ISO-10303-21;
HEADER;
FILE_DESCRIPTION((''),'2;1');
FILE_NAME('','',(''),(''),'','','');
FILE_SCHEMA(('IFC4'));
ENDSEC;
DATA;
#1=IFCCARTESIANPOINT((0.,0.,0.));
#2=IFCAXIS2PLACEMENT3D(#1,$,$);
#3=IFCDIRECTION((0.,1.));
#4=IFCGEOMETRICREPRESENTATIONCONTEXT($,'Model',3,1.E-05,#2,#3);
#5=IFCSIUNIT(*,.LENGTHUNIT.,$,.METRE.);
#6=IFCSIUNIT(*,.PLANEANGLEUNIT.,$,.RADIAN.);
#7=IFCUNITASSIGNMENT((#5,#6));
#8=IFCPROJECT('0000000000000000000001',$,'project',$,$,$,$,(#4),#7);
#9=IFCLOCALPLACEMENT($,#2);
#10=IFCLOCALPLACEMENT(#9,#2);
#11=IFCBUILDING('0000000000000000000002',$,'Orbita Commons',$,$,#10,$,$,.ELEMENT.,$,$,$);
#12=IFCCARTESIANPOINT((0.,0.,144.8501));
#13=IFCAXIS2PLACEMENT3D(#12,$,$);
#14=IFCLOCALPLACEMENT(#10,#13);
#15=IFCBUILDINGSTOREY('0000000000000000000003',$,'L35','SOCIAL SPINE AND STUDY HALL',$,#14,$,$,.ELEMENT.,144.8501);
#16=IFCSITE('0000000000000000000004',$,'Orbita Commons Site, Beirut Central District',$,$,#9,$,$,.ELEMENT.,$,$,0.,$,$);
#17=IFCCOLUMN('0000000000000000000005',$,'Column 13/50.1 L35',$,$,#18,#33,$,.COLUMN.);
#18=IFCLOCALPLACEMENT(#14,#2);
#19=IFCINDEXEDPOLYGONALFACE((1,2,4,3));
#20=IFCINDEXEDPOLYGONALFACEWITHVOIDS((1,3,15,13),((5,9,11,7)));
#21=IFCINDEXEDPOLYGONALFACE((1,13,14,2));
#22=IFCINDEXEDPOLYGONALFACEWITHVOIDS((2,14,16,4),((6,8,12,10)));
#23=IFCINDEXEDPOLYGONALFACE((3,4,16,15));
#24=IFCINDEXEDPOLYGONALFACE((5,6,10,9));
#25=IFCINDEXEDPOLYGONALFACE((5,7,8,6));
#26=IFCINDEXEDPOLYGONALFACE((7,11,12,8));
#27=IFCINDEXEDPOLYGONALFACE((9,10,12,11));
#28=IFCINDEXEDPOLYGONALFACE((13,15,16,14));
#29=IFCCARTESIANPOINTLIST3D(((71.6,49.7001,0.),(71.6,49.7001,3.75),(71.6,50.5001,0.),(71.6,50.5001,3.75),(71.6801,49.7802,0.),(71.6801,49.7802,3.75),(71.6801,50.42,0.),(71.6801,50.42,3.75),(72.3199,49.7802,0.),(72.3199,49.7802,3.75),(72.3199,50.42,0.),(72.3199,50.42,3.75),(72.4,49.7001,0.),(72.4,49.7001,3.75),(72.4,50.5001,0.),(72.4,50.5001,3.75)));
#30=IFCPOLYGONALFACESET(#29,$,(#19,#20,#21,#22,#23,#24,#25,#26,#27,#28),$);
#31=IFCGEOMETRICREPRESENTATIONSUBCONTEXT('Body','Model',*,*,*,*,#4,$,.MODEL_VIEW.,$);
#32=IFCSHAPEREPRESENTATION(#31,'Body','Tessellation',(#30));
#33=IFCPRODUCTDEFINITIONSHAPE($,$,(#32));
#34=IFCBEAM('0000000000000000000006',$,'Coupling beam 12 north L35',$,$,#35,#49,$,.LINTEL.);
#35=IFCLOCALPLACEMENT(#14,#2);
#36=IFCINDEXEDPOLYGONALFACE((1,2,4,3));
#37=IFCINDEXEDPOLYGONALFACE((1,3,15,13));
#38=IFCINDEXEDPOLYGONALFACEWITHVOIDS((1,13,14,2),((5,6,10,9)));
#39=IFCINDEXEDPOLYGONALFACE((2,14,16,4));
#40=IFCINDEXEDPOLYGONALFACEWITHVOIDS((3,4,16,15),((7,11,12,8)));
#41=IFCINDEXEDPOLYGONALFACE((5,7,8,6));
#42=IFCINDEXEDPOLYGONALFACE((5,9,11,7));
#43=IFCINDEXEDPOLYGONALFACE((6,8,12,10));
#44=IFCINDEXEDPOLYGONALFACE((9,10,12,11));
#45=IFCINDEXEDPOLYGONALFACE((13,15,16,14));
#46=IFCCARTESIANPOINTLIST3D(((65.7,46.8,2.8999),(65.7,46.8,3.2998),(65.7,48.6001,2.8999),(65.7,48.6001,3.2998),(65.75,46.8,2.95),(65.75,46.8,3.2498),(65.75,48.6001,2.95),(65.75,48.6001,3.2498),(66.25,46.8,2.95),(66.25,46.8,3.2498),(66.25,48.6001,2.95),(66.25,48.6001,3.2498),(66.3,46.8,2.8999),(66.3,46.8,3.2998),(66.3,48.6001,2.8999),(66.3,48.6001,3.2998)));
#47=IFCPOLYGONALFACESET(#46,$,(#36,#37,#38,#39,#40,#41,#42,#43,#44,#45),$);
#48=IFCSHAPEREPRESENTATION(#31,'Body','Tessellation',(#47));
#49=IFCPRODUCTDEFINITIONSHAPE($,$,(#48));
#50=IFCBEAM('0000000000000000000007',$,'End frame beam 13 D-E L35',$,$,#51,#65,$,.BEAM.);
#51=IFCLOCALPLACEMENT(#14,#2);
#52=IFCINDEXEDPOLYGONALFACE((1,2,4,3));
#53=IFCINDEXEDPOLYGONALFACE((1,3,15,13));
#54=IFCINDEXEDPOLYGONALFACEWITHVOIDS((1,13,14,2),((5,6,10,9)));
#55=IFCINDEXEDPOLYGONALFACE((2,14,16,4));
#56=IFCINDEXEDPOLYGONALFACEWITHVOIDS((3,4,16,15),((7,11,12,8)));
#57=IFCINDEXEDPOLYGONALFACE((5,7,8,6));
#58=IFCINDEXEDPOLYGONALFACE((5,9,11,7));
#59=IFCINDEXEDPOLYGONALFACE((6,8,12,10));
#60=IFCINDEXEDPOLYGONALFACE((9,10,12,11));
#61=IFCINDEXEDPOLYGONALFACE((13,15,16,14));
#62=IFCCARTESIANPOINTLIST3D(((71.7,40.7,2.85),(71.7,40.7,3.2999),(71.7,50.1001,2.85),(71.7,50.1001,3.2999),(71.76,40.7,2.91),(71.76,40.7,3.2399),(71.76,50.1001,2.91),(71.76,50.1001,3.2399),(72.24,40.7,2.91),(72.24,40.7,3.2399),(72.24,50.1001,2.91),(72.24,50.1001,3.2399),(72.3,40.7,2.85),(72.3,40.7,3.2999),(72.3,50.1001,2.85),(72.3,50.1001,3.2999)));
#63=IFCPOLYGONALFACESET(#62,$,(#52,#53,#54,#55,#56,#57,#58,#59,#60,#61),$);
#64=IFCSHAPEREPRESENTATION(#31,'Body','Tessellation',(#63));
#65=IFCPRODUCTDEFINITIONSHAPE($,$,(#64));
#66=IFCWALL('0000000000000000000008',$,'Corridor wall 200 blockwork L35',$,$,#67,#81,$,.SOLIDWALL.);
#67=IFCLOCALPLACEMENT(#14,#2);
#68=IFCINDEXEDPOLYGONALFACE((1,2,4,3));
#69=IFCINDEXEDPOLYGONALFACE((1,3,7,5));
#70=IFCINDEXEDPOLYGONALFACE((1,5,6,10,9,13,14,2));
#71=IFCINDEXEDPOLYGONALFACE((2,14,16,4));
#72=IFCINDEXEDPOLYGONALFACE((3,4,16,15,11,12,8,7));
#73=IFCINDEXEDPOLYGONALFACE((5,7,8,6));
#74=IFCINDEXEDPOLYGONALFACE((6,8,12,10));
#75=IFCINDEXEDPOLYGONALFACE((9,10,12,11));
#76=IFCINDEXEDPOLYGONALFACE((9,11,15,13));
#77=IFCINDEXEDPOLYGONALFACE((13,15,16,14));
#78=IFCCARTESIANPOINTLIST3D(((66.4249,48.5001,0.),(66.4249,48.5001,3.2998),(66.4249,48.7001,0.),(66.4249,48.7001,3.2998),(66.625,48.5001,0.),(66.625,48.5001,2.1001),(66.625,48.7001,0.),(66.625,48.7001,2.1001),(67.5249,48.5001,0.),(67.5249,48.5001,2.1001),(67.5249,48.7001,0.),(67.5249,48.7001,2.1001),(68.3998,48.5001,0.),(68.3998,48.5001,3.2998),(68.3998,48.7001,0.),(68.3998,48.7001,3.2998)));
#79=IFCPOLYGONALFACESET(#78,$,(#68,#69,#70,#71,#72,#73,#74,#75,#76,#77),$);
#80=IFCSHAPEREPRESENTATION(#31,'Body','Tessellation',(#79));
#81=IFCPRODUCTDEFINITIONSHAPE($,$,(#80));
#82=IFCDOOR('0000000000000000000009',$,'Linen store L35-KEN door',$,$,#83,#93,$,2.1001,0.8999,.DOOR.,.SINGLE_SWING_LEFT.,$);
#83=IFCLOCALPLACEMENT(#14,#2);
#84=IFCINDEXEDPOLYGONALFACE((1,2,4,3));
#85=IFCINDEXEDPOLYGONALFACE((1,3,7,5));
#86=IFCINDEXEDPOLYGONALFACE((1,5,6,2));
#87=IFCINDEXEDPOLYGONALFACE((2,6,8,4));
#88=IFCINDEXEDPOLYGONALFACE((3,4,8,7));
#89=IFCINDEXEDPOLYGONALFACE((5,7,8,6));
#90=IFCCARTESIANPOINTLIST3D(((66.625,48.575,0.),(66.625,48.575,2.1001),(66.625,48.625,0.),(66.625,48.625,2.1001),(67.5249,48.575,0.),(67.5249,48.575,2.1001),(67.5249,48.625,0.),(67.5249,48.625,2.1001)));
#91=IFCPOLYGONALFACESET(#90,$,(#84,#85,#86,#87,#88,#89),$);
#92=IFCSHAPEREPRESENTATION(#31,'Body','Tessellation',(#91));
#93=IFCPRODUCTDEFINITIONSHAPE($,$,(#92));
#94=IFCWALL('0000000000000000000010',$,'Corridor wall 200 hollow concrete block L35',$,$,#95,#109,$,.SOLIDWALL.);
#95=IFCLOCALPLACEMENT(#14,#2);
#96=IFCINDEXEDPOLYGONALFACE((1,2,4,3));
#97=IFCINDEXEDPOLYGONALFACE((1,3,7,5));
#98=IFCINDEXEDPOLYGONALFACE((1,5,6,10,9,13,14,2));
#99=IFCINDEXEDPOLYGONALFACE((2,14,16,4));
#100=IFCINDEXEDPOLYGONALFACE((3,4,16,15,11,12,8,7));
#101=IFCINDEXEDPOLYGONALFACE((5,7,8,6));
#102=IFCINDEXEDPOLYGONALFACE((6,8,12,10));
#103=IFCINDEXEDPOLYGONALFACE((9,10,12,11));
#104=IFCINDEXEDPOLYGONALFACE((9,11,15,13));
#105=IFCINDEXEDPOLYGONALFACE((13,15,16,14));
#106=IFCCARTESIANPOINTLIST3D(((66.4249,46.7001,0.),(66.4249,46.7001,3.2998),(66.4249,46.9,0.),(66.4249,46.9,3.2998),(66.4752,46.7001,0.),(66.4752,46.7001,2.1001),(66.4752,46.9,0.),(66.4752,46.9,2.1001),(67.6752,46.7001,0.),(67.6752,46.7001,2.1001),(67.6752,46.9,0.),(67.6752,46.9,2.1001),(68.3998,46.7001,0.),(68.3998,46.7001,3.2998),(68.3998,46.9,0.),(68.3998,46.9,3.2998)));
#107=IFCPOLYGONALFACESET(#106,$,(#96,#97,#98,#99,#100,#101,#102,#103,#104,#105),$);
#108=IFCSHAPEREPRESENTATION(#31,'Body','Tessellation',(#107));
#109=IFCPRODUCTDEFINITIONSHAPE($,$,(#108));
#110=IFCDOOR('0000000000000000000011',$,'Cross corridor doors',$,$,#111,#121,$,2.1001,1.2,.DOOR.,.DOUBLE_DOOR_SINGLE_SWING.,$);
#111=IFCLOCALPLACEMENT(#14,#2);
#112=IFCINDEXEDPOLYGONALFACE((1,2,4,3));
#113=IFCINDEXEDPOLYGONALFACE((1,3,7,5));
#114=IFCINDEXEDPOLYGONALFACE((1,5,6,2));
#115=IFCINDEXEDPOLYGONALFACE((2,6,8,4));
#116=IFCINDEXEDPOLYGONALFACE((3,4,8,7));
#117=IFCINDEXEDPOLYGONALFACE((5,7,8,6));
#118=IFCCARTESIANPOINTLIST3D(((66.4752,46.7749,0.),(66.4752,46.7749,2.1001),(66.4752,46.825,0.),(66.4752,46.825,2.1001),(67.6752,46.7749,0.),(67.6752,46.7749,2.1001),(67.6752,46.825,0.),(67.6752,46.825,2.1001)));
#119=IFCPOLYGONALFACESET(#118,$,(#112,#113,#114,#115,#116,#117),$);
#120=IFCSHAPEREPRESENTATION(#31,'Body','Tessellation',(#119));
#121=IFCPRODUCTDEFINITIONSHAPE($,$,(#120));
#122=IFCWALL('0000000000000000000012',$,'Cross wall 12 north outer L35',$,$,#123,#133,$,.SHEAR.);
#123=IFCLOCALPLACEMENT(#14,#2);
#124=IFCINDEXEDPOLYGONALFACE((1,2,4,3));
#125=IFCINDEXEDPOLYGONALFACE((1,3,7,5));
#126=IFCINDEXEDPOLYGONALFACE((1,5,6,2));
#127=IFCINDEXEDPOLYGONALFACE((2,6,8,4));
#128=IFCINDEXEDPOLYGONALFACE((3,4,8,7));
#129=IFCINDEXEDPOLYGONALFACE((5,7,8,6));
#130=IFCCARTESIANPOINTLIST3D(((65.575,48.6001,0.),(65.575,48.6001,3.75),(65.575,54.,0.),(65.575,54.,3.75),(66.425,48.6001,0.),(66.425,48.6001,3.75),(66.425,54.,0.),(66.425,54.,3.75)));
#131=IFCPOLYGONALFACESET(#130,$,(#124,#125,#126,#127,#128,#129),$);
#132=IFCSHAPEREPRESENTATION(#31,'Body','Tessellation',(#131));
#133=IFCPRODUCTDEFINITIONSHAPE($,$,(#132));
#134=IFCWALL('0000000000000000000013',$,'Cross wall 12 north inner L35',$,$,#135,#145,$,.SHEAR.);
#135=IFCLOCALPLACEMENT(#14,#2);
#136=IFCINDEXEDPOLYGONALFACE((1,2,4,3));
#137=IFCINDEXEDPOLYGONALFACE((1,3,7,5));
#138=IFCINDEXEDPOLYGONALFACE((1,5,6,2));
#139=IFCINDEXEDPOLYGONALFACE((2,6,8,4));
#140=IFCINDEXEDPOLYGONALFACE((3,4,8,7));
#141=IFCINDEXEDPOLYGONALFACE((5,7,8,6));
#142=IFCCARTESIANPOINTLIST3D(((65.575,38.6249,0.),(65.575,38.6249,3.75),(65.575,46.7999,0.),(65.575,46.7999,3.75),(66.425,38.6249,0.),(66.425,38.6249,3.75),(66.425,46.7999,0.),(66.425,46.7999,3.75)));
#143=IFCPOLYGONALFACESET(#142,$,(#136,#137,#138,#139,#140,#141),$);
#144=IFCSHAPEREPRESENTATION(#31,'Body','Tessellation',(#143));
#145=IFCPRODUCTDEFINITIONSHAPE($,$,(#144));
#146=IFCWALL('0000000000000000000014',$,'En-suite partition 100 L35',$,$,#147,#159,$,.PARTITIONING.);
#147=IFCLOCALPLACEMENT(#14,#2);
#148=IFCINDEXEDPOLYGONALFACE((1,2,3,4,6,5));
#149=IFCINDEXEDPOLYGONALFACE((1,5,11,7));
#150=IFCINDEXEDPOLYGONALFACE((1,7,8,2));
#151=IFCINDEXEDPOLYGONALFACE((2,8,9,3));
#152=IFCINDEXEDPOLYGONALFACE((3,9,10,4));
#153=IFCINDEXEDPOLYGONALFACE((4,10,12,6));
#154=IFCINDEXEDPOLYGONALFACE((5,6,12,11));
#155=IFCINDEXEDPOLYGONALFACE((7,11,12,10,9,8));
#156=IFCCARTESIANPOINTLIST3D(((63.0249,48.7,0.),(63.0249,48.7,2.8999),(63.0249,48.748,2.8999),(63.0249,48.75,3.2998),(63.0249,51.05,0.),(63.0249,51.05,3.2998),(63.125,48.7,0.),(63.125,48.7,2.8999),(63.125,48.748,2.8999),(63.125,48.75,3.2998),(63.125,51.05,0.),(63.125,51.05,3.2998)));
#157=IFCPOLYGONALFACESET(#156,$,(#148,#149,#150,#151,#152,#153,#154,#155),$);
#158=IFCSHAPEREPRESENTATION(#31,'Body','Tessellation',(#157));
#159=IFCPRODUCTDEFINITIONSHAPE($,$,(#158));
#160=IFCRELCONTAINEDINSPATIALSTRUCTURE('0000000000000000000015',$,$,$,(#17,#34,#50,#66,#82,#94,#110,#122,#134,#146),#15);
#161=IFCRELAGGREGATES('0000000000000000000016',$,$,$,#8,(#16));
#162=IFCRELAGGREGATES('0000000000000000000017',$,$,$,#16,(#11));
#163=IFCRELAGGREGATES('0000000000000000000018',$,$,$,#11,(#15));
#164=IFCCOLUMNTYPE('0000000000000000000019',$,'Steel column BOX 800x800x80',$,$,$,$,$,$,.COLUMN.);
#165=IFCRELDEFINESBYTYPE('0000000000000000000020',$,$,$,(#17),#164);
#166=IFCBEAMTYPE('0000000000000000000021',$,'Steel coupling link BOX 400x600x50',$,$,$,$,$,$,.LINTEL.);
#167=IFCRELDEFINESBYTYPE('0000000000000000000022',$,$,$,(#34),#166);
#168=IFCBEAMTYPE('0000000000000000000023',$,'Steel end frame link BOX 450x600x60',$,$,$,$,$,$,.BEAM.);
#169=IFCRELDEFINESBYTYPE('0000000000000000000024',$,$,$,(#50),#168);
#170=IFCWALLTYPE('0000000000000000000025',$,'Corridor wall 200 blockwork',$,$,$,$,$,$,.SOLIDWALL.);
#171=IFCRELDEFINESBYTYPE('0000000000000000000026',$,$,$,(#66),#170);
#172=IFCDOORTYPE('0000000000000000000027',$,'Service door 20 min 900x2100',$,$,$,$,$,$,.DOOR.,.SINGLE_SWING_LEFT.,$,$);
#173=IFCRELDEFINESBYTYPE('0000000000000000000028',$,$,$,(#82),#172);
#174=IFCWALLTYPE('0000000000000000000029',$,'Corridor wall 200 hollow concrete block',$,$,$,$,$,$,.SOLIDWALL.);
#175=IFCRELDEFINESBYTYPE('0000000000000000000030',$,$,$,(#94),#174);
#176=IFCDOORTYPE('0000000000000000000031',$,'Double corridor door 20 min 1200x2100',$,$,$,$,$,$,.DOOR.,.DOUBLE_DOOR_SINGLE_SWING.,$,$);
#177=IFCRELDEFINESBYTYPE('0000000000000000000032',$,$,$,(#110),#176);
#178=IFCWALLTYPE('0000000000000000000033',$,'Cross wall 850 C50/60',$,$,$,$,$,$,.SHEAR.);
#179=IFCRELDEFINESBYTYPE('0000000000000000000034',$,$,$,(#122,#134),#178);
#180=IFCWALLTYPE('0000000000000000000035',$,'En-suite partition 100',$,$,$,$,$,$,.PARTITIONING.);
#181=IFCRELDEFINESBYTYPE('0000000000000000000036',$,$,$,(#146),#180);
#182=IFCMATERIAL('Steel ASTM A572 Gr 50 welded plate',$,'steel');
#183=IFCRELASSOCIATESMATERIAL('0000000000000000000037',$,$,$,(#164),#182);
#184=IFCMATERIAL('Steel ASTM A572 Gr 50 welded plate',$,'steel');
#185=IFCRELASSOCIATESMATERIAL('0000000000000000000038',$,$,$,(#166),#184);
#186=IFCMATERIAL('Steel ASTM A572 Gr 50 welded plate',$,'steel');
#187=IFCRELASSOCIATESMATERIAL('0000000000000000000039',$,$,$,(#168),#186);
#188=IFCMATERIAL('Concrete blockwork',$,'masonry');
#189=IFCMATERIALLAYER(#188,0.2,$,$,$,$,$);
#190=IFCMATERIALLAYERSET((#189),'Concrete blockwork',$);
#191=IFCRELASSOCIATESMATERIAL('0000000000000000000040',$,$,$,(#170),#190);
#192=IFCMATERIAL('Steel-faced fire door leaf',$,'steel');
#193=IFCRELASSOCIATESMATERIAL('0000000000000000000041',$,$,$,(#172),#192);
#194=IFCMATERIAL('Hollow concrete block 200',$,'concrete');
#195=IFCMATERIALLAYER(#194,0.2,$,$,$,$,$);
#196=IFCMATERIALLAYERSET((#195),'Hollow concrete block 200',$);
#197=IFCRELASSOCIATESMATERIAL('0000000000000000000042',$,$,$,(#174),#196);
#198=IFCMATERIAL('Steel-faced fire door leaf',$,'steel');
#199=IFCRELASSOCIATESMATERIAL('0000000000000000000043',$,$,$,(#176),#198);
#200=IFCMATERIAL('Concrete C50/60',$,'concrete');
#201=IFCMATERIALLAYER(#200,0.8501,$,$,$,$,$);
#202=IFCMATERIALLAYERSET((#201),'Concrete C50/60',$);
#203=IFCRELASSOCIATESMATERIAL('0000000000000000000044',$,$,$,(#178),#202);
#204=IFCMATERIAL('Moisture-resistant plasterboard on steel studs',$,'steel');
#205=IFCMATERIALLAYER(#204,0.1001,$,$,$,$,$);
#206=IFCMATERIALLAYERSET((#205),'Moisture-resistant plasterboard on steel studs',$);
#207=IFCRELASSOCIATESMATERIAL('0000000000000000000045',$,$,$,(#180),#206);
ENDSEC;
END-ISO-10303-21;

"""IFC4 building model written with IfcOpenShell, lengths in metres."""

from ifc_helpers import new_model, si_unit, direction, frame, frame_2d, origin, origin_2d, place, context, subcontext, project, spatial, polyline, rectangle, hollow_rectangle, outline, extrude, material, layer, layer_set, material_profile, profile_set, type_object, element, fill, save


model = new_model("IFC4")

# Units and contexts
model_context = context("Model", 3, precision=1e-05, world=origin(), true_north=direction((0.0, 1.0)))
body_context = subcontext(model_context, "Body", "Model", "MODEL_VIEW")
ifc_project = project(units=[si_unit("LENGTHUNIT", "METRE"), si_unit("PLANEANGLEUNIT", "RADIAN")], contexts=[model_context])

# Site, building, storey
site_placement = place(None, origin())
site = spatial("IfcSite", under=ifc_project, at=site_placement, Name="Orbita Commons Site, Beirut Central District", CompositionType="ELEMENT", RefElevation=0.0)
building_placement = place(site_placement, origin())
building = spatial("IfcBuilding", under=site, at=building_placement, Name="Orbita Commons", CompositionType="ELEMENT")
storey_placement = place(building_placement, frame((0.0, 0.0, 144.8501)))
storey = spatial("IfcBuildingStorey", under=building, at=storey_placement, Name="L35", Description="SOCIAL SPINE AND STUDY HALL", CompositionType="ELEMENT", Elevation=144.8501)

# Column
ifc_material_1 = material(Name="Steel ASTM A572 Gr 50 welded plate", Category="steel")
ifc_material_profile_1 = material_profile(ifc_material_1, hollow_rectangle(XDim=0.8, YDim=0.8, WallThickness=0.0801, at=origin_2d()), Name="BOX 800x800x80")
ifc_profile_set_1 = profile_set([ifc_material_profile_1], Name="Steel ASTM A572 Gr 50 welded plate")
column_type = type_object("IfcColumnType", Name="Steel column BOX 800x800x80", PredefinedType="COLUMN", material=ifc_profile_set_1)
column_placement = place(storey_placement, frame((72.0, 50.1001, 0.0), z_axis=(0.0, 0.0, 1.0), x_axis=(1.0, 0.0, 0.0)))
element("IfcColumn", 1, at=column_placement, inside=storey, type_object=column_type, Name="Column 13/50.1 L35", PredefinedType="COLUMN", context=body_context, shape_type="SweptSolid", body=[
    extrude(hollow_rectangle(XDim=0.8, YDim=0.8, WallThickness=0.0801, at=origin_2d()), origin(), (0.0, 0.0, 1.0), 3.75),
])

# Beams
ifc_material_2 = material(Name="Steel ASTM A572 Gr 50 welded plate", Category="steel")
ifc_material_profile_2 = material_profile(ifc_material_2, hollow_rectangle(XDim=0.6001, YDim=0.3999, WallThickness=0.05, at=origin_2d()), Name="BOX 400x600x50")
ifc_profile_set_2 = profile_set([ifc_material_profile_2], Name="Steel ASTM A572 Gr 50 welded plate")
beam_type_1 = type_object("IfcBeamType", Name="Steel coupling link BOX 400x600x50", PredefinedType="LINTEL", material=ifc_profile_set_2)
beam_1_placement = place(storey_placement, frame((66.0, 46.8, 3.0999), z_axis=(0.0, 1.0, 0.0), x_axis=(-1.0, 0.0, 0.0)))
element("IfcBeam", 2, at=beam_1_placement, inside=storey, type_object=beam_type_1, Name="Coupling beam 12 north L35", PredefinedType="LINTEL", context=body_context, shape_type="SweptSolid", body=[
    extrude(hollow_rectangle(XDim=0.6001, YDim=0.3999, WallThickness=0.05, at=origin_2d()), origin(), (0.0, 0.0, 1.0), 1.8),
])
ifc_material_3 = material(Name="Steel ASTM A572 Gr 50 welded plate", Category="steel")
ifc_material_profile_3 = material_profile(ifc_material_3, hollow_rectangle(XDim=0.6001, YDim=0.45, WallThickness=0.0601, at=origin_2d()), Name="BOX 450x600x60")
ifc_profile_set_3 = profile_set([ifc_material_profile_3], Name="Steel ASTM A572 Gr 50 welded plate")
beam_type_2 = type_object("IfcBeamType", Name="Steel end frame link BOX 450x600x60", PredefinedType="BEAM", material=ifc_profile_set_3)
beam_2_placement = place(storey_placement, frame((72.0, 40.7, 3.075), z_axis=(0.0, 1.0, 0.0), x_axis=(-1.0, 0.0, 0.0)))
element("IfcBeam", 3, at=beam_2_placement, inside=storey, type_object=beam_type_2, Name="End frame beam 13 D-E L35", PredefinedType="BEAM", context=body_context, shape_type="SweptSolid", body=[
    extrude(hollow_rectangle(XDim=0.6001, YDim=0.45, WallThickness=0.0601, at=origin_2d()), origin(), (0.0, 0.0, 1.0), 9.4001),
])

# Walls, openings, doors
ifc_material_4 = material(Name="Concrete blockwork", Category="masonry")
ifc_layer_1 = layer(ifc_material_4, 0.2)
ifc_layer_set_1 = layer_set([ifc_layer_1], Name="Concrete blockwork")
wall_type_1 = type_object("IfcWallType", Name="Corridor wall 200 blockwork", PredefinedType="SOLIDWALL", material=ifc_layer_set_1)
wall_1_placement = place(storey_placement, frame((66.425, 48.6001, 0.0), z_axis=(0.0, 0.0, 1.0), x_axis=(1.0, 0.0, 0.0)))
wall_1 = element("IfcWall", 4, at=wall_1_placement, inside=storey, type_object=wall_type_1, Name="Corridor wall 200 blockwork L35", PredefinedType="SOLIDWALL", context=body_context, shape_type="SweptSolid", body=[
    extrude(rectangle(XDim=1.9749, YDim=0.2, at=frame_2d((0.9873, 0.0))), origin(), (0.0, 0.0, 1.0), 3.2998),
])
opening_1_placement = place(wall_1_placement, frame((0.2, 0.0, 0.0)))
opening_1 = element("IfcOpeningElement", 5, at=opening_1_placement, cuts=wall_1, PredefinedType="OPENING", context=body_context, shape_type="SweptSolid", body=[
    extrude(rectangle(XDim=0.8999, YDim=2.1001, at=frame_2d((0.45, 1.05))), frame((0.0, 0.1099, 0.0), z_axis=(0.0, -1.0, 0.0), x_axis=(1.0, 0.0, 0.0)), (0.0, 0.0, 1.0), 0.22),
])
ifc_material_5 = material(Name="Steel-faced fire door leaf", Category="steel")
door_type_1 = type_object("IfcDoorType", Name="Service door 20 min 900x2100", OperationType="SINGLE_SWING_LEFT", PredefinedType="DOOR", material=ifc_material_5)
door_1_placement = place(opening_1_placement, origin())
door_1 = element("IfcDoor", 6, at=door_1_placement, inside=storey, type_object=door_type_1, Name="Linen store L35-KEN door", OperationType="SINGLE_SWING_LEFT", OverallHeight=2.1001, OverallWidth=0.8999, PredefinedType="DOOR", context=body_context, shape_type="SweptSolid", body=[
    extrude(rectangle(XDim=0.8999, YDim=2.1001, at=frame_2d((0.45, 1.05))), frame((0.0, 0.0249, 0.0), z_axis=(0.0, -1.0, 0.0), x_axis=(1.0, 0.0, 0.0)), (0.0, 0.0, 1.0), 0.05),
])
fill(opening_1, door_1)
ifc_material_6 = material(Name="Hollow concrete block 200", Category="concrete")
ifc_layer_2 = layer(ifc_material_6, 0.2)
ifc_layer_set_2 = layer_set([ifc_layer_2], Name="Hollow concrete block 200")
wall_type_2 = type_object("IfcWallType", Name="Corridor wall 200 hollow concrete block", PredefinedType="SOLIDWALL", material=ifc_layer_set_2)
wall_2_placement = place(storey_placement, frame((66.425, 46.8, 0.0), z_axis=(0.0, 0.0, 1.0), x_axis=(1.0, 0.0, 0.0)))
wall_2 = element("IfcWall", 7, at=wall_2_placement, inside=storey, type_object=wall_type_2, Name="Corridor wall 200 hollow concrete block L35", PredefinedType="SOLIDWALL", context=body_context, shape_type="SweptSolid", body=[
    extrude(rectangle(XDim=1.9749, YDim=0.2, at=frame_2d((0.9873, 0.0))), origin(), (0.0, 0.0, 1.0), 3.2998),
])
opening_2_placement = place(wall_2_placement, frame((0.05, 0.0, 0.0)))
opening_2 = element("IfcOpeningElement", 8, at=opening_2_placement, cuts=wall_2, PredefinedType="OPENING", context=body_context, shape_type="SweptSolid", body=[
    extrude(rectangle(XDim=1.2, YDim=2.1001, at=frame_2d((0.6001, 1.05))), frame((0.0, 0.1099, 0.0), z_axis=(0.0, -1.0, 0.0), x_axis=(1.0, 0.0, 0.0)), (0.0, 0.0, 1.0), 0.22),
])
ifc_material_7 = material(Name="Steel-faced fire door leaf", Category="steel")
door_type_2 = type_object("IfcDoorType", Name="Double corridor door 20 min 1200x2100", OperationType="DOUBLE_DOOR_SINGLE_SWING", PredefinedType="DOOR", material=ifc_material_7)
door_2_placement = place(opening_2_placement, origin())
door_2 = element("IfcDoor", 9, at=door_2_placement, inside=storey, type_object=door_type_2, Name="Cross corridor doors", OperationType="DOUBLE_DOOR_SINGLE_SWING", OverallHeight=2.1001, OverallWidth=1.2, PredefinedType="DOOR", context=body_context, shape_type="SweptSolid", body=[
    extrude(rectangle(XDim=1.2, YDim=2.1001, at=frame_2d((0.6001, 1.05))), frame((0.0, 0.0249, 0.0), z_axis=(0.0, -1.0, 0.0), x_axis=(1.0, 0.0, 0.0)), (0.0, 0.0, 1.0), 0.05),
])
fill(opening_2, door_2)

# Walls
ifc_material_8 = material(Name="Concrete C50/60", Category="concrete")
ifc_layer_3 = layer(ifc_material_8, 0.8501)
ifc_layer_set_3 = layer_set([ifc_layer_3], Name="Concrete C50/60")
wall_type_3 = type_object("IfcWallType", Name="Cross wall 850 C50/60", PredefinedType="SHEAR", material=ifc_layer_set_3)
wall_3_placement = place(storey_placement, frame((66.0, 48.6001, 0.0), z_axis=(0.0, 0.0, 1.0), x_axis=(0.0, 1.0, 0.0)))
element("IfcWall", 10, at=wall_3_placement, inside=storey, type_object=wall_type_3, Name="Cross wall 12 north outer L35", PredefinedType="SHEAR", context=body_context, shape_type="SweptSolid", body=[
    extrude(rectangle(XDim=5.3999, YDim=0.8501, at=frame_2d((2.7, 0.0))), origin(), (0.0, 0.0, 1.0), 3.75),
])
wall_4_placement = place(storey_placement, frame((66.0, 38.625, 0.0), z_axis=(0.0, 0.0, 1.0), x_axis=(0.0, 1.0, 0.0)))
element("IfcWall", 11, at=wall_4_placement, inside=storey, type_object=wall_type_3, Name="Cross wall 12 north inner L35", PredefinedType="SHEAR", context=body_context, shape_type="SweptSolid", body=[
    extrude(rectangle(XDim=8.175, YDim=0.8501, at=frame_2d((4.0874, 0.0))), origin(), (0.0, 0.0, 1.0), 3.75),
])
ifc_material_9 = material(Name="Moisture-resistant plasterboard on steel studs", Category="steel")
ifc_layer_4 = layer(ifc_material_9, 0.1001)
ifc_layer_set_4 = layer_set([ifc_layer_4], Name="Moisture-resistant plasterboard on steel studs")
wall_type_4 = type_object("IfcWallType", Name="En-suite partition 100", PredefinedType="PARTITIONING", material=ifc_layer_set_4)
wall_5_placement = place(storey_placement, frame((63.075, 51.05, 0.0), z_axis=(0.0, 0.0, 1.0), x_axis=(0.0, -1.0, 0.0)))
element("IfcWall", 12, at=wall_5_placement, inside=storey, type_object=wall_type_4, Name="En-suite partition 100 L35", PredefinedType="PARTITIONING", context=body_context, shape_type="SweptSolid", body=[
    extrude(outline(polyline([(0.0, 0.0), (2.3501, 0.0), (2.3501, 2.8999), (2.302, 2.8999), (2.3, 3.2998), (0.0, 3.2998), (0.0, 0.0)])), frame((0.0, 0.05, 0.0), z_axis=(0.0, -1.0, 0.0), x_axis=(1.0, 0.0, 0.0)), (0.0, 0.0, 1.0), 0.1001),
])

save(model, "model.ifc")
